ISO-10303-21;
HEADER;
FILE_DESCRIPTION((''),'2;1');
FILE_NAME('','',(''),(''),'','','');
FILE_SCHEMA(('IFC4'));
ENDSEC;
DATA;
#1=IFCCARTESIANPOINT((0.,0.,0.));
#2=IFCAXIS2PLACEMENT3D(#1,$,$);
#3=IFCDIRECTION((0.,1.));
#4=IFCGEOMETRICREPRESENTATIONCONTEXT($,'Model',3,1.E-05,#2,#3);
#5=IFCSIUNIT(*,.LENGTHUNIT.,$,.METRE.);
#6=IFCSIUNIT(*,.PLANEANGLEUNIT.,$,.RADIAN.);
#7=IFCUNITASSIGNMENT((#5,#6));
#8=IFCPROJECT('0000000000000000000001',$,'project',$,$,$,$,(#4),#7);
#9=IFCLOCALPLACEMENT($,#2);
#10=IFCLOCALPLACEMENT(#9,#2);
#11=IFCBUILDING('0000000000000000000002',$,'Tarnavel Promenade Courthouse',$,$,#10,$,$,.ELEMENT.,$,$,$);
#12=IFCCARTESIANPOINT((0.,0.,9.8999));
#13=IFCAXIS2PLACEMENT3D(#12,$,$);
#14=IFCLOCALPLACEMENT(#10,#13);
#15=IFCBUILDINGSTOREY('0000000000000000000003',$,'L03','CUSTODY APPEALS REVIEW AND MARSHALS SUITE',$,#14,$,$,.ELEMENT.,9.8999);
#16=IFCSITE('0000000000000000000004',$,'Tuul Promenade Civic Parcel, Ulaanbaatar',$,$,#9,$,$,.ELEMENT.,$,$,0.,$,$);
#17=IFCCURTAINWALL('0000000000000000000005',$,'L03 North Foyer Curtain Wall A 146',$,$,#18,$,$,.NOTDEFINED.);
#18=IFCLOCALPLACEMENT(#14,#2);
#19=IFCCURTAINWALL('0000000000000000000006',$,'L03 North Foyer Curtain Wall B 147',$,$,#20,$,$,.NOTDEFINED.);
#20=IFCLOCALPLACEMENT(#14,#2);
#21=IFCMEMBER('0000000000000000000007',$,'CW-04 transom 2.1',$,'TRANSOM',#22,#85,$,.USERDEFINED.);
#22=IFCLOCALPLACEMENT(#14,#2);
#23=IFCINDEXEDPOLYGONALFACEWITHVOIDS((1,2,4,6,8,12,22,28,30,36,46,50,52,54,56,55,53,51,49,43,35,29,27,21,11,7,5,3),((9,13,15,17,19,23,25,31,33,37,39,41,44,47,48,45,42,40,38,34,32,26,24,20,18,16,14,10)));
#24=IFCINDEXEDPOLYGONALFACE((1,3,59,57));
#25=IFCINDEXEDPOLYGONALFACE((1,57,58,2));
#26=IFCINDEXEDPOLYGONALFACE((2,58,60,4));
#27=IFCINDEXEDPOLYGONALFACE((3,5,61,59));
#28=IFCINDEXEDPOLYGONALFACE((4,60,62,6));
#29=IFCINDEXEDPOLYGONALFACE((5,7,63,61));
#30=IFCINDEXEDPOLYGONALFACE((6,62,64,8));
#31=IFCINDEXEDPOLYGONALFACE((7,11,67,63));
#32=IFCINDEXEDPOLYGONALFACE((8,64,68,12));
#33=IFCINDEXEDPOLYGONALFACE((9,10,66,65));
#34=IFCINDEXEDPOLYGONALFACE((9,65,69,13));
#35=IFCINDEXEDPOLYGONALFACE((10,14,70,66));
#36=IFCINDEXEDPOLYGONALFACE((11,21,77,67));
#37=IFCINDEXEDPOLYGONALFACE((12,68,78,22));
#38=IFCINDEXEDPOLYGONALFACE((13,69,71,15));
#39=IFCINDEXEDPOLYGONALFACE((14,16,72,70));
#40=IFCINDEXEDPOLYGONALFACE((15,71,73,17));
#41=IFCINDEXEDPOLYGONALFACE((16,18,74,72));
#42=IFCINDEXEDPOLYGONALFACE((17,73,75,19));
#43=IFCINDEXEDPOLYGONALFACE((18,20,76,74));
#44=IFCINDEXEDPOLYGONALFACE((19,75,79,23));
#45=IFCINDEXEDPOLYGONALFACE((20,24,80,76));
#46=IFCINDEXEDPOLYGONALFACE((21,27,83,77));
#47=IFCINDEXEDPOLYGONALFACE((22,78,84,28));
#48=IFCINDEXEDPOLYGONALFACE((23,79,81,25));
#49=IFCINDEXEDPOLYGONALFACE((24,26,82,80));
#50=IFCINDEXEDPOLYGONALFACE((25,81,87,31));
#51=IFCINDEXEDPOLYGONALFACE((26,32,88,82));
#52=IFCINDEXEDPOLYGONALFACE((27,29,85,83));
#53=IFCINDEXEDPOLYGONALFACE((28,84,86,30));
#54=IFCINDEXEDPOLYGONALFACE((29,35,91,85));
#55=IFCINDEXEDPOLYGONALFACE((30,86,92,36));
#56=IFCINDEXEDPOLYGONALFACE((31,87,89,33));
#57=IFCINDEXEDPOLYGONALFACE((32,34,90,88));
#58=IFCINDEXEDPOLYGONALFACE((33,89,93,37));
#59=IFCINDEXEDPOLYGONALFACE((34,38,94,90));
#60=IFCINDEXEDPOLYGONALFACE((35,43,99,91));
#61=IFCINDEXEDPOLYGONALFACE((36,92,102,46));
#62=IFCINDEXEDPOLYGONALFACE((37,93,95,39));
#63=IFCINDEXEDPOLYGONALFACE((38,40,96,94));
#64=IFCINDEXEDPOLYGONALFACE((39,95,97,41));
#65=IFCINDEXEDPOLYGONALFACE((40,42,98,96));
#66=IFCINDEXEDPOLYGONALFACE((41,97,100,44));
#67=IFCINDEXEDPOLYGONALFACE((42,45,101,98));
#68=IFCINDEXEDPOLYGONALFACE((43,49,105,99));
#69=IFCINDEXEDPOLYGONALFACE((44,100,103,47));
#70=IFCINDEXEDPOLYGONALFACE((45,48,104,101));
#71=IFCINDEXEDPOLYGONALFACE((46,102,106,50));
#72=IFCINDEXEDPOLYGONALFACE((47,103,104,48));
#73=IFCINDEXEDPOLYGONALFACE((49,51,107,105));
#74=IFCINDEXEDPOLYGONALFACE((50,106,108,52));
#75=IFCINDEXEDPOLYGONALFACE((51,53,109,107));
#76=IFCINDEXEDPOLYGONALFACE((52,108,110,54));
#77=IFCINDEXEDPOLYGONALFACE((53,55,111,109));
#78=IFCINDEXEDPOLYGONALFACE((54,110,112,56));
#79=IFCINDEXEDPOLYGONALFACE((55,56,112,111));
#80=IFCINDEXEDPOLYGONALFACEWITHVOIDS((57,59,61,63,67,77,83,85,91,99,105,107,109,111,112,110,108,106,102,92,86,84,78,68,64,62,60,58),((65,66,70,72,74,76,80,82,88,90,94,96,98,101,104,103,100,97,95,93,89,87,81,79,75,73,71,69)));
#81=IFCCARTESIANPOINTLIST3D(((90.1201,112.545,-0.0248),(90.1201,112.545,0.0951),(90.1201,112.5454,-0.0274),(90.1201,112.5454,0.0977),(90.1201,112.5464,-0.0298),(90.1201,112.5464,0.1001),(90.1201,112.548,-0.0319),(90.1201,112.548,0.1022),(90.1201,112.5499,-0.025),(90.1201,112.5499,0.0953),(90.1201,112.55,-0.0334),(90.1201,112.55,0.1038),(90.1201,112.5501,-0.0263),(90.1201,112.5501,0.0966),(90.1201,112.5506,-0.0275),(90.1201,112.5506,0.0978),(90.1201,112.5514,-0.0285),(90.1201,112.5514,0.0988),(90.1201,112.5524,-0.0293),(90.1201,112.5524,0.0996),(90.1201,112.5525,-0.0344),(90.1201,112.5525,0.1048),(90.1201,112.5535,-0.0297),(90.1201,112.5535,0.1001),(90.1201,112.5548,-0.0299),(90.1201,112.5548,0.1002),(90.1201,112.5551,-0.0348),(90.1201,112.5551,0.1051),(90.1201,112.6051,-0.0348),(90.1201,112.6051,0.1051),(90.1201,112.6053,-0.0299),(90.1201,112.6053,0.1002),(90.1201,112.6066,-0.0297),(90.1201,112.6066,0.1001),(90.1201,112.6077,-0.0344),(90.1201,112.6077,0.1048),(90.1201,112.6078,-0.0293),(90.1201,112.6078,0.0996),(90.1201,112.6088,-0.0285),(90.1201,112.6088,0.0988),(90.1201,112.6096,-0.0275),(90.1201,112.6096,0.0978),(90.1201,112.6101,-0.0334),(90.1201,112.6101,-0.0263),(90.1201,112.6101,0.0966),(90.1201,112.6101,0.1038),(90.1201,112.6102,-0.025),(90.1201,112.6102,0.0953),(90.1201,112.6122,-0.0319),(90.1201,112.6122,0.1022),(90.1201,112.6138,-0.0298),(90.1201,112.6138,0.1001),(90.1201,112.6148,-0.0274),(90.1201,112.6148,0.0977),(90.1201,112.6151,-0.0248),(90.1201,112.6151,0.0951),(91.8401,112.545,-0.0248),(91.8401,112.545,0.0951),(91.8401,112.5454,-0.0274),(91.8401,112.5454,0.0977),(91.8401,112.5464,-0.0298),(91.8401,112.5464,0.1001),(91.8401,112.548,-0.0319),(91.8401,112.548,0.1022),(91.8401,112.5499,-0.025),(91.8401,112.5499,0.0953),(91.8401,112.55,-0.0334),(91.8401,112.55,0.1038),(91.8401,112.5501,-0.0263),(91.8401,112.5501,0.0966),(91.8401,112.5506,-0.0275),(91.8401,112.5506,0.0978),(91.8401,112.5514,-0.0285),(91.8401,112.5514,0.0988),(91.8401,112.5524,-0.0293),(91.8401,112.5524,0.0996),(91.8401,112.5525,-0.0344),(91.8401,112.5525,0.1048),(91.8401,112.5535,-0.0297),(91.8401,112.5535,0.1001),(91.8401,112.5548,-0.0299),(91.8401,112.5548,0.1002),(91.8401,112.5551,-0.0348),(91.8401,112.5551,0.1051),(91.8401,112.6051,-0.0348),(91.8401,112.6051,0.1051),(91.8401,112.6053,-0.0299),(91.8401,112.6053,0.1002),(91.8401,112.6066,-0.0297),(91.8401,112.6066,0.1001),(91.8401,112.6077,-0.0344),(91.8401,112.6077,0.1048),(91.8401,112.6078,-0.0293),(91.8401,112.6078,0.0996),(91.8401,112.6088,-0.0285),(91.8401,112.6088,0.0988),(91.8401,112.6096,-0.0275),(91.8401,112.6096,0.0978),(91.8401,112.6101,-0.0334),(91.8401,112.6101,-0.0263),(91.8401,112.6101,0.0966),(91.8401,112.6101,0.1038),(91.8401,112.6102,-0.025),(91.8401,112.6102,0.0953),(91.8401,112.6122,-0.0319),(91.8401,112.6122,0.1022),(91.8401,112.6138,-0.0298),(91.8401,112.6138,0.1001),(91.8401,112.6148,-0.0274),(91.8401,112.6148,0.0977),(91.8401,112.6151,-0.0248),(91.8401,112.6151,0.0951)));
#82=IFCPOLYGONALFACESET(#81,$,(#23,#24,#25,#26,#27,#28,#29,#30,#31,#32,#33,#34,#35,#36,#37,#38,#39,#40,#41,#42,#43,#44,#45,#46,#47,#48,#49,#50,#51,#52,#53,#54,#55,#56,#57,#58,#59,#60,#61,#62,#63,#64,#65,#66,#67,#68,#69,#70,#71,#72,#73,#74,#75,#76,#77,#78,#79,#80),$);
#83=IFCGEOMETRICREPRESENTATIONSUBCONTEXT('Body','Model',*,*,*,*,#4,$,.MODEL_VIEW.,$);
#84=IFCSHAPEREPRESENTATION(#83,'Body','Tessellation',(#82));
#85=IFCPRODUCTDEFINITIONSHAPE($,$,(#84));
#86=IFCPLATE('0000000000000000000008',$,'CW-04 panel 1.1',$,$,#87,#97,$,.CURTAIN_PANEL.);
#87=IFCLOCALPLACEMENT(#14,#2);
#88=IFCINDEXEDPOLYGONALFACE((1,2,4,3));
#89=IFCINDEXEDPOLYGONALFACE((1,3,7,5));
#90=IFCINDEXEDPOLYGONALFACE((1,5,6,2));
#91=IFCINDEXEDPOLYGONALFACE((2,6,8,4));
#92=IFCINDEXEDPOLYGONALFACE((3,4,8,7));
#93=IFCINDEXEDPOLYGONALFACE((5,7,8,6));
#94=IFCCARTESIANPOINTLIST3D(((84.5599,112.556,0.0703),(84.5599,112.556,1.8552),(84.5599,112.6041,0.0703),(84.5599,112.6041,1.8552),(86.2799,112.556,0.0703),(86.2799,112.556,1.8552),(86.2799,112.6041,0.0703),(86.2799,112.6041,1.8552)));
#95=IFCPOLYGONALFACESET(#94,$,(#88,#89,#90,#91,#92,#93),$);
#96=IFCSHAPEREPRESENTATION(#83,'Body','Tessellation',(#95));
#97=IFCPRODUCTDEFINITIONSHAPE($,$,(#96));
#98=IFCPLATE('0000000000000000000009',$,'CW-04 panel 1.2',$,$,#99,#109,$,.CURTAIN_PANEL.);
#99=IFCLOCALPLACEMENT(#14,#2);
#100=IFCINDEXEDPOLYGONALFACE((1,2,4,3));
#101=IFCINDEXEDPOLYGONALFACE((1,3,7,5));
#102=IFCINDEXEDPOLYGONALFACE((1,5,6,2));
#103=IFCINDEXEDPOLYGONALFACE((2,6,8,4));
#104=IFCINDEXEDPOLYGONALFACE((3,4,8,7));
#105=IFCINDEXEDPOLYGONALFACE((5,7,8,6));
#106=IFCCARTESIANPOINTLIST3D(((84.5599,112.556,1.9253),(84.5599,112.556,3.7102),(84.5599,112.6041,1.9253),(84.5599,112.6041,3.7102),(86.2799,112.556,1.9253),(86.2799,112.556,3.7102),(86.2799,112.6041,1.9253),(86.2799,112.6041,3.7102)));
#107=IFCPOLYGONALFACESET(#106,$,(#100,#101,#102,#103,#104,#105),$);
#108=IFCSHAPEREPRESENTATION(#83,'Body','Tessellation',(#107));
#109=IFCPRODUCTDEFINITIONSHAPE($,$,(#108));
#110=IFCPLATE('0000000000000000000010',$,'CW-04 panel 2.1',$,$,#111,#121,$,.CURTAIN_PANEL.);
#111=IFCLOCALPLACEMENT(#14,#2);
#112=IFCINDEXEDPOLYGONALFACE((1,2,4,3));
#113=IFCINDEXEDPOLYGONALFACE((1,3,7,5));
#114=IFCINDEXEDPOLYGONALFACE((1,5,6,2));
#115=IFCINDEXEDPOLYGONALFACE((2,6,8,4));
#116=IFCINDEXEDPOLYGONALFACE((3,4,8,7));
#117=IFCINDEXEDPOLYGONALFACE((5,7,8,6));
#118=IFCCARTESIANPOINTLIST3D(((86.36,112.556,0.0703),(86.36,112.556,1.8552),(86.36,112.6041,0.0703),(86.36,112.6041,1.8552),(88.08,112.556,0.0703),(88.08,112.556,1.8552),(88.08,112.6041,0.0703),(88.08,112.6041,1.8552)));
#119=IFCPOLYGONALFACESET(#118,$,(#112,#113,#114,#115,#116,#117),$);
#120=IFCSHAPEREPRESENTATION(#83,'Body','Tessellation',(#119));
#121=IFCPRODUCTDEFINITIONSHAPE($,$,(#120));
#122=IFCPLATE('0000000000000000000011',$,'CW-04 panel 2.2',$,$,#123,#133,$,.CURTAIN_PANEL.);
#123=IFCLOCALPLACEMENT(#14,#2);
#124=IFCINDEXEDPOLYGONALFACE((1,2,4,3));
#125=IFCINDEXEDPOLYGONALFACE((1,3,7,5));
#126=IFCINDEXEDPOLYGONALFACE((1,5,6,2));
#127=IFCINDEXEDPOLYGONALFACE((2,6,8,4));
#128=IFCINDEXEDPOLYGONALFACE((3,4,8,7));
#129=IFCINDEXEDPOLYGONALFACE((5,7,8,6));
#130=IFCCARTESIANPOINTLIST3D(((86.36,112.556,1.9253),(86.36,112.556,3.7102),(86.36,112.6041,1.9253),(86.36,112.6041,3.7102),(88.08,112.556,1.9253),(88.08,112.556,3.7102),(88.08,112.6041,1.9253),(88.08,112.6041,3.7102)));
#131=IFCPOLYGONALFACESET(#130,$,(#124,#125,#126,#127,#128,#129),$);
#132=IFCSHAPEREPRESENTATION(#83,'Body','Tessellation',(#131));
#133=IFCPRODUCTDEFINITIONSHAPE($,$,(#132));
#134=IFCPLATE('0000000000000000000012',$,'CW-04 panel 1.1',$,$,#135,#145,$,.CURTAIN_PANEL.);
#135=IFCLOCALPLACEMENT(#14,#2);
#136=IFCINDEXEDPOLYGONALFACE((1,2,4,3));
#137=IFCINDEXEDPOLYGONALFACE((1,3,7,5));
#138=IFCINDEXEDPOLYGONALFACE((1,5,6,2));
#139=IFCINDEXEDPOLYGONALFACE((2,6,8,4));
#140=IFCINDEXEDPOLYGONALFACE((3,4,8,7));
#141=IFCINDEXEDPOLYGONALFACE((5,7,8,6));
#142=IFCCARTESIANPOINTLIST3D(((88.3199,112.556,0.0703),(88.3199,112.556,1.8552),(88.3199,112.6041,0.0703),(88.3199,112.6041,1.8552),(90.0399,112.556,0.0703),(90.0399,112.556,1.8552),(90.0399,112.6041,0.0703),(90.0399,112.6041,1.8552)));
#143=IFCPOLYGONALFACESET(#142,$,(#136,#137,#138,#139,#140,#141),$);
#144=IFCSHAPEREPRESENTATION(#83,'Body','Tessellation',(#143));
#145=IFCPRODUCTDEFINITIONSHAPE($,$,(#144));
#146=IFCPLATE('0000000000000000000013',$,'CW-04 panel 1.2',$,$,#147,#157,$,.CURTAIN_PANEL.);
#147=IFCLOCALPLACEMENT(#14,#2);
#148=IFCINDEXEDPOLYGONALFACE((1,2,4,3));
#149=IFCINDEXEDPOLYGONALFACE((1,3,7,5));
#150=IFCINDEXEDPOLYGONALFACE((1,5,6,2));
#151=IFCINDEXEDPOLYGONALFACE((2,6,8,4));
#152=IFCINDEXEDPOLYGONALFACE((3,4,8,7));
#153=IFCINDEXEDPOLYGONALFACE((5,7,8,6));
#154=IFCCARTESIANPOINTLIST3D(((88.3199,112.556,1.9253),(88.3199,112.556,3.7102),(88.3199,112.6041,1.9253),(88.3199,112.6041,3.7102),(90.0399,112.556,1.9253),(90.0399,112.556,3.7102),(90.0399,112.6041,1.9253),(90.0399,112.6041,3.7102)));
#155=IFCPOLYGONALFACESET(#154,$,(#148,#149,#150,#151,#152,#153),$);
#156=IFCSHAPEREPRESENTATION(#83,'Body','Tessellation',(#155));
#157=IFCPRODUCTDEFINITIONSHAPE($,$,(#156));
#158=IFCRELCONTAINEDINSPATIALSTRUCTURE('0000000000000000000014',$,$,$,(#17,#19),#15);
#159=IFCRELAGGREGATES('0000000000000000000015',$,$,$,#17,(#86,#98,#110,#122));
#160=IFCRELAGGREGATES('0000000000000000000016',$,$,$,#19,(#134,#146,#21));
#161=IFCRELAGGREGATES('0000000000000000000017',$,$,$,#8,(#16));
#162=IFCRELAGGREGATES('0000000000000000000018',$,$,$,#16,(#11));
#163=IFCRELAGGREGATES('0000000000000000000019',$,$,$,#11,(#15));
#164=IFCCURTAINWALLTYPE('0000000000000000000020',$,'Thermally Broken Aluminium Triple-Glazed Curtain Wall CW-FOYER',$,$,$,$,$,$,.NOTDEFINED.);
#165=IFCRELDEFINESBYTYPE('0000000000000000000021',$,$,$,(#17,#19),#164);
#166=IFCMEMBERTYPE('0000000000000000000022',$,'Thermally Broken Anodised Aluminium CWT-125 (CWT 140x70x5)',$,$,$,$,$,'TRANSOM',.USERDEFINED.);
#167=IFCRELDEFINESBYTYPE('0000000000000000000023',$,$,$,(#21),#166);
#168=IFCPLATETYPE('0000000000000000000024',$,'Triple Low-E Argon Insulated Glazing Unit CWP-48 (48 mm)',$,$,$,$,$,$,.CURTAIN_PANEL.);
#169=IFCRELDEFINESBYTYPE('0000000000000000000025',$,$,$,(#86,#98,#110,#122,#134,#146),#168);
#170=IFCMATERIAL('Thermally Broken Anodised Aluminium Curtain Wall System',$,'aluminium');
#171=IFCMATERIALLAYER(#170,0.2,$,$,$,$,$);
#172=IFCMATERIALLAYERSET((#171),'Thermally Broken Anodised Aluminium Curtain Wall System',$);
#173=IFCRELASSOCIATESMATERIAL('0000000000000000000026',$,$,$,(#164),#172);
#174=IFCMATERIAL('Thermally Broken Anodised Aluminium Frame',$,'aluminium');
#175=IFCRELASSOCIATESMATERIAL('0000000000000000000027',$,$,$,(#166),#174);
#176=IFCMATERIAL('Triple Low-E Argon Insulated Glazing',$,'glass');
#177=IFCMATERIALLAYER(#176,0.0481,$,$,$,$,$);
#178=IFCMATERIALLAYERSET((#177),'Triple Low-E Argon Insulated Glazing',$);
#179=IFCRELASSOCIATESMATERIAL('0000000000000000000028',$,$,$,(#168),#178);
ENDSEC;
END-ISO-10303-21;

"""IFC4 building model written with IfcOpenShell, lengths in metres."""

from ifc_helpers import new_model, si_unit, direction, frame, origin, origin_2d, place, context, subcontext, project, spatial, rectangle, hollow_rectangle, extrude, material, layer, layer_set, material_profile, profile_set, type_object, element, aggregate, save


model = new_model("IFC4")

# Units and contexts
model_context = context("Model", 3, precision=1e-05, world=origin(), true_north=direction((0.0, 1.0)))
body_context = subcontext(model_context, "Body", "Model", "MODEL_VIEW")
ifc_project = project(units=[si_unit("LENGTHUNIT", "METRE"), si_unit("PLANEANGLEUNIT", "RADIAN")], contexts=[model_context])

# Site, building, storey
site_placement = place(None, origin())
site = spatial("IfcSite", under=ifc_project, at=site_placement, Name="Tuul Promenade Civic Parcel, Ulaanbaatar", CompositionType="ELEMENT", RefElevation=0.0)
building_placement = place(site_placement, origin())
building = spatial("IfcBuilding", under=site, at=building_placement, Name="Tarnavel Promenade Courthouse", CompositionType="ELEMENT")
storey_placement = place(building_placement, frame((0.0, 0.0, 9.8999)))
storey = spatial("IfcBuildingStorey", under=building, at=storey_placement, Name="L03", Description="CUSTODY APPEALS REVIEW AND MARSHALS SUITE", CompositionType="ELEMENT", Elevation=9.8999)

# Curtain walls
ifc_material_1 = material(Name="Thermally Broken Anodised Aluminium Curtain Wall System", Category="aluminium")
ifc_layer_1 = layer(ifc_material_1, 0.2)
ifc_layer_set_1 = layer_set([ifc_layer_1], Name="Thermally Broken Anodised Aluminium Curtain Wall System")
curtain_wall_type = type_object("IfcCurtainWallType", Name="Thermally Broken Aluminium Triple-Glazed Curtain Wall CW-FOYER", PredefinedType="NOTDEFINED", material=ifc_layer_set_1)
curtain_wall_1_placement = place(storey_placement, origin())
curtain_wall_1 = element("IfcCurtainWall", 1, at=curtain_wall_1_placement, inside=storey, type_object=curtain_wall_type, Name="L03 North Foyer Curtain Wall A 146", PredefinedType="NOTDEFINED")
ifc_material_2 = material(Name="Thermally Broken Anodised Aluminium Frame", Category="aluminium")
curtain_wall_2_placement = place(storey_placement, origin())
curtain_wall_2 = element("IfcCurtainWall", 2, at=curtain_wall_2_placement, inside=storey, type_object=curtain_wall_type, Name="L03 North Foyer Curtain Wall B 147", PredefinedType="NOTDEFINED")

# Member
ifc_material_profile_1 = material_profile(ifc_material_2, hollow_rectangle(XDim=0.0701, YDim=0.1399, WallThickness=0.0049, InnerFilletRadius=0.0049, OuterFilletRadius=0.01, at=origin_2d()), Name="CWT 140x70x5")
ifc_profile_set_1 = profile_set([ifc_material_profile_1], Name="Thermally Broken Anodised Aluminium Frame")
member_type_1 = type_object("IfcMemberType", Name="Thermally Broken Anodised Aluminium CWT-125 (CWT 140x70x5)", ElementType="TRANSOM", PredefinedType="USERDEFINED", material=ifc_profile_set_1)
member_1_placement = place(storey_placement, frame((90.1201, 112.5801, 0.0352), z_axis=(1.0, 0.0, 0.0), x_axis=(0.0, 1.0, 0.0)))
member_1 = element("IfcMember", 3, at=member_1_placement, type_object=member_type_1, Name="CW-04 transom 2.1", ObjectType="TRANSOM", PredefinedType="USERDEFINED", context=body_context, shape_type="SweptSolid", body=[
    extrude(hollow_rectangle(XDim=0.0701, YDim=0.1399, WallThickness=0.0049, InnerFilletRadius=0.0049, OuterFilletRadius=0.01, at=origin_2d()), origin(), (0.0, 0.0, 1.0), 1.72),
])

# Plates
ifc_material_3 = material(Name="Triple Low-E Argon Insulated Glazing", Category="glass")
ifc_layer_2 = layer(ifc_material_3, 0.0481)
ifc_layer_set_2 = layer_set([ifc_layer_2], Name="Triple Low-E Argon Insulated Glazing")
plate_type = type_object("IfcPlateType", Name="Triple Low-E Argon Insulated Glazing Unit CWP-48 (48 mm)", PredefinedType="CURTAIN_PANEL", material=ifc_layer_set_2)
plate_1_placement = place(storey_placement, frame((85.4199, 112.5801, 0.0703), z_axis=(0.0, 0.0, 1.0), x_axis=(1.0, 0.0, 0.0)))
plate_1 = element("IfcPlate", 4, at=plate_1_placement, type_object=plate_type, Name="CW-04 panel 1.1", PredefinedType="CURTAIN_PANEL", context=body_context, shape_type="SweptSolid", body=[
    extrude(rectangle(XDim=1.72, YDim=0.0481, at=origin_2d()), origin(), (0.0, 0.0, 1.0), 1.7849),
])
plate_2_placement = place(storey_placement, frame((85.4199, 112.5801, 1.9253), z_axis=(0.0, 0.0, 1.0), x_axis=(1.0, 0.0, 0.0)))
plate_2 = element("IfcPlate", 5, at=plate_2_placement, type_object=plate_type, Name="CW-04 panel 1.2", PredefinedType="CURTAIN_PANEL", context=body_context, shape_type="SweptSolid", body=[
    extrude(rectangle(XDim=1.72, YDim=0.0481, at=origin_2d()), origin(), (0.0, 0.0, 1.0), 1.7849),
])
plate_3_placement = place(storey_placement, frame((87.22, 112.5801, 0.0703), z_axis=(0.0, 0.0, 1.0), x_axis=(1.0, 0.0, 0.0)))
plate_3 = element("IfcPlate", 6, at=plate_3_placement, type_object=plate_type, Name="CW-04 panel 2.1", PredefinedType="CURTAIN_PANEL", context=body_context, shape_type="SweptSolid", body=[
    extrude(rectangle(XDim=1.72, YDim=0.0481, at=origin_2d()), origin(), (0.0, 0.0, 1.0), 1.7849),
])
plate_4_placement = place(storey_placement, frame((87.22, 112.5801, 1.9253), z_axis=(0.0, 0.0, 1.0), x_axis=(1.0, 0.0, 0.0)))
plate_4 = element("IfcPlate", 7, at=plate_4_placement, type_object=plate_type, Name="CW-04 panel 2.2", PredefinedType="CURTAIN_PANEL", context=body_context, shape_type="SweptSolid", body=[
    extrude(rectangle(XDim=1.72, YDim=0.0481, at=origin_2d()), origin(), (0.0, 0.0, 1.0), 1.7849),
])
aggregate(curtain_wall_1, [plate_1, plate_2, plate_3, plate_4])
plate_5_placement = place(storey_placement, frame((89.1799, 112.5801, 0.0703), z_axis=(0.0, 0.0, 1.0), x_axis=(1.0, 0.0, 0.0)))
plate_5 = element("IfcPlate", 8, at=plate_5_placement, type_object=plate_type, Name="CW-04 panel 1.1", PredefinedType="CURTAIN_PANEL", context=body_context, shape_type="SweptSolid", body=[
    extrude(rectangle(XDim=1.72, YDim=0.0481, at=origin_2d()), origin(), (0.0, 0.0, 1.0), 1.7849),
])
plate_6_placement = place(storey_placement, frame((89.1799, 112.5801, 1.9253), z_axis=(0.0, 0.0, 1.0), x_axis=(1.0, 0.0, 0.0)))
plate_6 = element("IfcPlate", 9, at=plate_6_placement, type_object=plate_type, Name="CW-04 panel 1.2", PredefinedType="CURTAIN_PANEL", context=body_context, shape_type="SweptSolid", body=[
    extrude(rectangle(XDim=1.72, YDim=0.0481, at=origin_2d()), origin(), (0.0, 0.0, 1.0), 1.7849),
])
aggregate(curtain_wall_2, [plate_5, plate_6, member_1])

save(model, "model.ifc")
